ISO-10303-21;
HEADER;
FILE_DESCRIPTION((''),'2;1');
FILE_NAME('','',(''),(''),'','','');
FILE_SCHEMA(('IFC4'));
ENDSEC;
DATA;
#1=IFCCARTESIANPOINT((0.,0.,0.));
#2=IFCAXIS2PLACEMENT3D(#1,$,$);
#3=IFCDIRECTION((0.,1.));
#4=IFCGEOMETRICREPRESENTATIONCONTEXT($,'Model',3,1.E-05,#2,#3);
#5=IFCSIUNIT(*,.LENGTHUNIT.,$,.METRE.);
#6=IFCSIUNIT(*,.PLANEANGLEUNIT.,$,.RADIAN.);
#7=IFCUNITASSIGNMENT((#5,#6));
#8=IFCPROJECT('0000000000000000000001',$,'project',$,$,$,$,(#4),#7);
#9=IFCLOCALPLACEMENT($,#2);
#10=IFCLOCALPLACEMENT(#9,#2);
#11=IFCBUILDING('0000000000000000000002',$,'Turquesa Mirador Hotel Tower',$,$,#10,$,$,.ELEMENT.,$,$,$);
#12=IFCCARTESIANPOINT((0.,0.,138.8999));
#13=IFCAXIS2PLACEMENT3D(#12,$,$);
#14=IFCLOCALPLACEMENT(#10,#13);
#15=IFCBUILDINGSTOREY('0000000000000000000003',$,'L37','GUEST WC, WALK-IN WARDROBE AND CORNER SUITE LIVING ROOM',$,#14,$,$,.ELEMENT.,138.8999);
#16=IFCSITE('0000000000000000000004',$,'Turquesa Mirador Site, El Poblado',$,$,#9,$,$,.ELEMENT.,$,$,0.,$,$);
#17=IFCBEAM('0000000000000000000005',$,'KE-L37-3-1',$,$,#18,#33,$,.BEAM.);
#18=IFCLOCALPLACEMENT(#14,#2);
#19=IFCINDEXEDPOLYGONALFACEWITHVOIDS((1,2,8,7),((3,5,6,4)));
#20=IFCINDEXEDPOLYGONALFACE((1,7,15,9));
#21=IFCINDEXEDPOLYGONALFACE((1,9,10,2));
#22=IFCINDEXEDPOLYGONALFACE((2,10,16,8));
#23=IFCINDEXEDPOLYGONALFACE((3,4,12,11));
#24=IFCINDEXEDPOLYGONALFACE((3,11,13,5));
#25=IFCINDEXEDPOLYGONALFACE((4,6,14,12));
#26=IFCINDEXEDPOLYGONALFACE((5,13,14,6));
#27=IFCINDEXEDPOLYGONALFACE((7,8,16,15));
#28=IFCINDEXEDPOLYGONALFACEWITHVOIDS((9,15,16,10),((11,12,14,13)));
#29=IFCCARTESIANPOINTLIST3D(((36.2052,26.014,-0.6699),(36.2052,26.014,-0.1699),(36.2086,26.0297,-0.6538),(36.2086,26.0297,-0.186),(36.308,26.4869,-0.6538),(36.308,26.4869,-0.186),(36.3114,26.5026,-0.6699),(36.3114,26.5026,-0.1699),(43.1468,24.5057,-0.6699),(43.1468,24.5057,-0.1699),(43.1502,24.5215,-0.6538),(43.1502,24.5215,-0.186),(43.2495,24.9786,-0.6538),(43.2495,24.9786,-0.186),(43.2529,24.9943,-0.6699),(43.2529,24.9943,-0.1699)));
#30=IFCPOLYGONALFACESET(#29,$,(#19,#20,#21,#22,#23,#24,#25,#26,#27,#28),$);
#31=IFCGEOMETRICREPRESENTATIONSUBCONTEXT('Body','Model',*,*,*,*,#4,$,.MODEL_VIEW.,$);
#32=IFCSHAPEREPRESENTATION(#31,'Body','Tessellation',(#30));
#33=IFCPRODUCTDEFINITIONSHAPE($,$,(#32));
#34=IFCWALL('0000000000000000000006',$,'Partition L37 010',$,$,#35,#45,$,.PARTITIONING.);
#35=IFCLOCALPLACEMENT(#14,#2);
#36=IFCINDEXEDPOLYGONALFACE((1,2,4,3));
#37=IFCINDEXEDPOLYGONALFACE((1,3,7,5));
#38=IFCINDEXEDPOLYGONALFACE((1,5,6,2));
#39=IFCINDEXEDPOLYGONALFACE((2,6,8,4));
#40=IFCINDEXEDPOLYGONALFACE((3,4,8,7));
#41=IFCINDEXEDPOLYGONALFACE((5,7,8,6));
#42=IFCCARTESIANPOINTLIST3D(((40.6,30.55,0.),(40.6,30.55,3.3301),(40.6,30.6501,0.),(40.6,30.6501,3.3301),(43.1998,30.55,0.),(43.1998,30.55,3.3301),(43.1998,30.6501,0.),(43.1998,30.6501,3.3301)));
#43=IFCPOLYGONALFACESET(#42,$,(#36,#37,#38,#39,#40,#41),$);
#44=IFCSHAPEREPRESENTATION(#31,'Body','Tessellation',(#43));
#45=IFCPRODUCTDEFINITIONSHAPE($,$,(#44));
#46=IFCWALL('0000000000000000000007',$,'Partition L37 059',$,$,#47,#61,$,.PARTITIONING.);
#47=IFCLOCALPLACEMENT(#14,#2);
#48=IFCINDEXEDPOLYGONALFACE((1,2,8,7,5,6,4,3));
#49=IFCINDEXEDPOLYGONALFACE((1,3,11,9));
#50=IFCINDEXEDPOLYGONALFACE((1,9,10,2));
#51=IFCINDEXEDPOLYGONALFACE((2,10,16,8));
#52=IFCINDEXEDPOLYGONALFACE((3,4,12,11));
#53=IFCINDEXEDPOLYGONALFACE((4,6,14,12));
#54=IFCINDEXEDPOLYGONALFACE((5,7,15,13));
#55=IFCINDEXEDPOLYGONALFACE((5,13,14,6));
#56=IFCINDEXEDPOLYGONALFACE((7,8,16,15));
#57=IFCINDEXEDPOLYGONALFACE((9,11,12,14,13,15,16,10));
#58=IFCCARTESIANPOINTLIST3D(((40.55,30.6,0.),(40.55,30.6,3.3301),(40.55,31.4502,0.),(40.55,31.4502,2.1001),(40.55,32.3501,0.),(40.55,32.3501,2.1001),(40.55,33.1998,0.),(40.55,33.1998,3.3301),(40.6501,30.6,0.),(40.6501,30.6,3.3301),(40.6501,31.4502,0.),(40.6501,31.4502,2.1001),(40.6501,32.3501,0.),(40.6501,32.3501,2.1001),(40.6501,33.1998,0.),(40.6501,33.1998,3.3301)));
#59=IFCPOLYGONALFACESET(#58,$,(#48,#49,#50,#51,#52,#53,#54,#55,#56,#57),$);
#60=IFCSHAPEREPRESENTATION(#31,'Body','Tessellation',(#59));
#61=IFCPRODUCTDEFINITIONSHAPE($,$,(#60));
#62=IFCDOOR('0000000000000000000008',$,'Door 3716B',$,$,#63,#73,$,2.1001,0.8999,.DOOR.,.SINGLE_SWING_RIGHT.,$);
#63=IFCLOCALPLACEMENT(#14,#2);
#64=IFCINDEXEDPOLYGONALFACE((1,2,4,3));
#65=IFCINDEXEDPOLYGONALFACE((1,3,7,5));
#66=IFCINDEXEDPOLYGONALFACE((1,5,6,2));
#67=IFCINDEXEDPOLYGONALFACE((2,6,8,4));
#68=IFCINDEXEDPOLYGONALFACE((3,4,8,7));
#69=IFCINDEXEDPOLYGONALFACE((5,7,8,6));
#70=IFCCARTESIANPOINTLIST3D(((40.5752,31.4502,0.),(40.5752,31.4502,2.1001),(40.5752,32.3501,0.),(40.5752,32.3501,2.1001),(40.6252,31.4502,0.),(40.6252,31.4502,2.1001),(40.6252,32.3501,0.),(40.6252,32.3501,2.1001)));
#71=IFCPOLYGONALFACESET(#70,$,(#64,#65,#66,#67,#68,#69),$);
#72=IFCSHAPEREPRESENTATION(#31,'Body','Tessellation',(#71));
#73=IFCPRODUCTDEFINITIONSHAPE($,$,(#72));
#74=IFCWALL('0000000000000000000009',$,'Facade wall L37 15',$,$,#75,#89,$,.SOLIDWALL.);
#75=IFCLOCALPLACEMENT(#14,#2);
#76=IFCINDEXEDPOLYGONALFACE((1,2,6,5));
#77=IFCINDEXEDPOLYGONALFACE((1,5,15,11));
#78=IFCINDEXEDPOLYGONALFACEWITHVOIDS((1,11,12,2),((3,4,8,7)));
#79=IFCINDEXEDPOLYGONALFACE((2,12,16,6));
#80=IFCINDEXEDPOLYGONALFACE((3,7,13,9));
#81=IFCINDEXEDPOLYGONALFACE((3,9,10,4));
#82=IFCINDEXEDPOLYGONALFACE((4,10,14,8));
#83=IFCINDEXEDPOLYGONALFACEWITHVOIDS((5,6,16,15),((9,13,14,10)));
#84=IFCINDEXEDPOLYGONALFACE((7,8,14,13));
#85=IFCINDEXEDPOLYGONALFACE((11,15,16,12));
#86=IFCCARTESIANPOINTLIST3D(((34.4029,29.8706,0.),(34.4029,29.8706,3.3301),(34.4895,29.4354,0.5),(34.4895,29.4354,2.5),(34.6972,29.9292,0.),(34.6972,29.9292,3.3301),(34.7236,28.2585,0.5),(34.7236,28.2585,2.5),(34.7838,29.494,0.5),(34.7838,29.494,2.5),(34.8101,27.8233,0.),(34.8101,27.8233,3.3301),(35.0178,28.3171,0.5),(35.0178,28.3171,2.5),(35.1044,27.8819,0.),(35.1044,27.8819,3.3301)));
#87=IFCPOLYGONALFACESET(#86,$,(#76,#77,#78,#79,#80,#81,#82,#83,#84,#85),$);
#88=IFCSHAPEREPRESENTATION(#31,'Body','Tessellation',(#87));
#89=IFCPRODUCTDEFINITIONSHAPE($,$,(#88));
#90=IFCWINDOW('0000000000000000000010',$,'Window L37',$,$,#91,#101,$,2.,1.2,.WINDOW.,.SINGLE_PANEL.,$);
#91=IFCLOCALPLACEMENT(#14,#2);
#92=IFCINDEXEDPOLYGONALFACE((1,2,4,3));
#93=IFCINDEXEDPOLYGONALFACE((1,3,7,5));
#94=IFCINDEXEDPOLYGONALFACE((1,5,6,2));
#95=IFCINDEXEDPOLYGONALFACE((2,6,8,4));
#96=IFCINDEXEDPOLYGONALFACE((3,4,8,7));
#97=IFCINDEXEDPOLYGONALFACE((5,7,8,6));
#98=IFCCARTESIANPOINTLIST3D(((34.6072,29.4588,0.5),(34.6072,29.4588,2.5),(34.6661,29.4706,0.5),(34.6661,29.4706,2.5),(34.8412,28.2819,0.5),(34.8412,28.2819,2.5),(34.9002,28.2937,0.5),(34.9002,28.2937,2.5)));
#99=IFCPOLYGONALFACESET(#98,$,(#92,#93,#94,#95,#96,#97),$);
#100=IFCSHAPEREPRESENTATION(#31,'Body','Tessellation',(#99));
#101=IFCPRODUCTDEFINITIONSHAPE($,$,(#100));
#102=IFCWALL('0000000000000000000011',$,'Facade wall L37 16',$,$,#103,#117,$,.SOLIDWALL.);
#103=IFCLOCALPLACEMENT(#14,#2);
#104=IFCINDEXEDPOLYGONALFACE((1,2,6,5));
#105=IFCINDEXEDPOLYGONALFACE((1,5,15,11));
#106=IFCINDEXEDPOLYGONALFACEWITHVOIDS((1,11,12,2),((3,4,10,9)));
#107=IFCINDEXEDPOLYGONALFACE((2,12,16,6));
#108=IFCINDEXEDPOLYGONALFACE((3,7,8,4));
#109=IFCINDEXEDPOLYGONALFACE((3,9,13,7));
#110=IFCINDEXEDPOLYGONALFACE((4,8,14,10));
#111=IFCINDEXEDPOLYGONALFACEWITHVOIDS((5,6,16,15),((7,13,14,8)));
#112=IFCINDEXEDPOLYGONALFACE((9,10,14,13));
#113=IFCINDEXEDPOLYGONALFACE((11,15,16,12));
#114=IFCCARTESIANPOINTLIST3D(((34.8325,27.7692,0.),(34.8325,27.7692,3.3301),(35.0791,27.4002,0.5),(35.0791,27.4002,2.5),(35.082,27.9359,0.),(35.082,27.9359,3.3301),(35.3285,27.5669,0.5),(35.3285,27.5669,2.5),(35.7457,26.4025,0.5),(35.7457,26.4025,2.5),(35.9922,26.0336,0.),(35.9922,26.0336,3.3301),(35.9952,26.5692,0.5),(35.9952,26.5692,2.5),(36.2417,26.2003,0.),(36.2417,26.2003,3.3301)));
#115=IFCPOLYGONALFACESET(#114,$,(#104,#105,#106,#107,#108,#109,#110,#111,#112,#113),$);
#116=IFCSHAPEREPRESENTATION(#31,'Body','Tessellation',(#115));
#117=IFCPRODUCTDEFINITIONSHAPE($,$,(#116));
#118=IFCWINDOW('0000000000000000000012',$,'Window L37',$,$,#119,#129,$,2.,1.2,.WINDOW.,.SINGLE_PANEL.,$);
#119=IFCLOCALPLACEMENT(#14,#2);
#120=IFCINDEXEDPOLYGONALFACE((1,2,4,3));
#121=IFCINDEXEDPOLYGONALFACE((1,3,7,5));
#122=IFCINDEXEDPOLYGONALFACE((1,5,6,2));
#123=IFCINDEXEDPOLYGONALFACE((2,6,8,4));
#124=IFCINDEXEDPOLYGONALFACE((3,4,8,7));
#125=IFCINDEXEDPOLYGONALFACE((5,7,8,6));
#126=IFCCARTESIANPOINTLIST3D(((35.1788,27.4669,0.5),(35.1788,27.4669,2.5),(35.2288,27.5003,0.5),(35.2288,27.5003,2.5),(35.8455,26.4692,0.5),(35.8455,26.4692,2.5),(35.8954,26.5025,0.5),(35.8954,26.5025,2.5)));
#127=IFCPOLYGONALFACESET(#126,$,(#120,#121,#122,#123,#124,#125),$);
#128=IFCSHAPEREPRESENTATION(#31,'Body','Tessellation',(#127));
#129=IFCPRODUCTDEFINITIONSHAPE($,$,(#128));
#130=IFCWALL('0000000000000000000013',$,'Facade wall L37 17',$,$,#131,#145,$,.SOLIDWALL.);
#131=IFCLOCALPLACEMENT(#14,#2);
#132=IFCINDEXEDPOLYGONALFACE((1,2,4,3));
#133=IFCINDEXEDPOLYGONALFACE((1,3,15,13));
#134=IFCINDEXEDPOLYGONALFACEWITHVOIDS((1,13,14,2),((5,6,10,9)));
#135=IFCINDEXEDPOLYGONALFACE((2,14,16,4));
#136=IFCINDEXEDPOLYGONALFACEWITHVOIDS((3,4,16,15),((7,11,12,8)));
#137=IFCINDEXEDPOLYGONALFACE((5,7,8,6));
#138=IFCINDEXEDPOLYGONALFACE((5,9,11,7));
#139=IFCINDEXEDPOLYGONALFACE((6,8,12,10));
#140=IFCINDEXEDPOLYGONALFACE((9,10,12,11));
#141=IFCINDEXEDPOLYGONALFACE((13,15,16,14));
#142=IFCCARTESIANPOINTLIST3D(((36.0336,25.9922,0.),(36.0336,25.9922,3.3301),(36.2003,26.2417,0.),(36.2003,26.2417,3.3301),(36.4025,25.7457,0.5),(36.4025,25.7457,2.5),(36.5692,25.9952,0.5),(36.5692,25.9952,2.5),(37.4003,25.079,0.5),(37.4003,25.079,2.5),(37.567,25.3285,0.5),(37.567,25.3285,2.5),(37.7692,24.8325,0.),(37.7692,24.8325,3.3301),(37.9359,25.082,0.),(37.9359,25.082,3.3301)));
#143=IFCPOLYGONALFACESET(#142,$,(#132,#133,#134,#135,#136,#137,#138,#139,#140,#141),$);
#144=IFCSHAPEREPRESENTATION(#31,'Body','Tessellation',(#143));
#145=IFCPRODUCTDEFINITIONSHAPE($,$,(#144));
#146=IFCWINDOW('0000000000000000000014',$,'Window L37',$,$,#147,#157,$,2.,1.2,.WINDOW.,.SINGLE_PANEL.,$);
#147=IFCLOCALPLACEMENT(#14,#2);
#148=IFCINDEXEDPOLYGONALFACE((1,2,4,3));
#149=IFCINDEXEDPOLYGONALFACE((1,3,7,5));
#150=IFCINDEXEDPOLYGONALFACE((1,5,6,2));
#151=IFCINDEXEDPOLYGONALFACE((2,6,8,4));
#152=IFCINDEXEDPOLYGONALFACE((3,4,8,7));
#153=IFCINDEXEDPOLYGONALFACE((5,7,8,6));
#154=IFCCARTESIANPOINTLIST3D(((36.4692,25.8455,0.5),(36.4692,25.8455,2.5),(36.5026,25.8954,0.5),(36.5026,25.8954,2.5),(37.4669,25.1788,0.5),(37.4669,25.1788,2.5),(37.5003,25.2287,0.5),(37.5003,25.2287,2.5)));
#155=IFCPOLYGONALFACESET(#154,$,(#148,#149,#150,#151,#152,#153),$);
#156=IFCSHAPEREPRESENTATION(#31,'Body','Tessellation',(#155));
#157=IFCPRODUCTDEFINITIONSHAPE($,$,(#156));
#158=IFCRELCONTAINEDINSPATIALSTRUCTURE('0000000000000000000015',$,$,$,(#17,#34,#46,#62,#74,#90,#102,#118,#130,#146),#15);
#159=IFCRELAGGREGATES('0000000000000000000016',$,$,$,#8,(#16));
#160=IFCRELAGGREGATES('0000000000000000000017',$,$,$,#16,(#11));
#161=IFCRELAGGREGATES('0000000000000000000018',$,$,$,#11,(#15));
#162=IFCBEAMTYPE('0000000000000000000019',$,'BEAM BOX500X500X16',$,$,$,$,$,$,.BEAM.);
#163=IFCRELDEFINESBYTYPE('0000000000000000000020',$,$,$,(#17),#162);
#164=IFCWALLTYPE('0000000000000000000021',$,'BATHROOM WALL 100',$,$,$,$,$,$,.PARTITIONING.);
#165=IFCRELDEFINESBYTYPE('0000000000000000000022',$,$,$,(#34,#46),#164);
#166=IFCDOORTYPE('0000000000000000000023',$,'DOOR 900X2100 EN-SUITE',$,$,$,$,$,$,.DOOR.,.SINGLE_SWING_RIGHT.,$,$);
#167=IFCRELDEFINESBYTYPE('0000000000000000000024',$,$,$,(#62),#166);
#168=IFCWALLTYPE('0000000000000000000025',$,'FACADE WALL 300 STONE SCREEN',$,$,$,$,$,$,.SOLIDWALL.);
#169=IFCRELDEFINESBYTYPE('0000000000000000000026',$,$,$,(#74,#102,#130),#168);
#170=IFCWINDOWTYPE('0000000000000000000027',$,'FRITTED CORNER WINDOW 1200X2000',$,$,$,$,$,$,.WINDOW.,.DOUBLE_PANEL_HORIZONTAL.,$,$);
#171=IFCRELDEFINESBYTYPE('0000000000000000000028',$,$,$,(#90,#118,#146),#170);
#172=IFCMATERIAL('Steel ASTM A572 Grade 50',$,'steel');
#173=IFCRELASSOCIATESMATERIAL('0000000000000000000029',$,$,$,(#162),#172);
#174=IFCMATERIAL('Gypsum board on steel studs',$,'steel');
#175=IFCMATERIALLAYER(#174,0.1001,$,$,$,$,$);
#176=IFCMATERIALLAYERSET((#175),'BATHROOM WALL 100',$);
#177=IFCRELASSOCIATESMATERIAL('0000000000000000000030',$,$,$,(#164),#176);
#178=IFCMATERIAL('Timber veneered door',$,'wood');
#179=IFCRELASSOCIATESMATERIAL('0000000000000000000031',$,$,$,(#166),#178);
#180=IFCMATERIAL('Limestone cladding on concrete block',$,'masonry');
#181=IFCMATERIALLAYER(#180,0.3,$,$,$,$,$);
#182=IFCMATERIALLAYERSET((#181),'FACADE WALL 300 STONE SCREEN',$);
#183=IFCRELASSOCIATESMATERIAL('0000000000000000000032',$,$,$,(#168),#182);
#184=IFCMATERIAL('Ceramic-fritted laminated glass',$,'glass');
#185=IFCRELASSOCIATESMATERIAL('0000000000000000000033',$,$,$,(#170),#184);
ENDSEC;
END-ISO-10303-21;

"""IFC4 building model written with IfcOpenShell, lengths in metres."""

from ifc_helpers import new_model, si_unit, direction, frame, frame_2d, origin, origin_2d, place, context, subcontext, project, spatial, rectangle, hollow_rectangle, extrude, material, layer, layer_set, material_profile, profile_set, type_object, element, fill, save


model = new_model("IFC4")

# Units and contexts
model_context = context("Model", 3, precision=1e-05, world=origin(), true_north=direction((0.0, 1.0)))
body_context = subcontext(model_context, "Body", "Model", "MODEL_VIEW")
ifc_project = project(units=[si_unit("LENGTHUNIT", "METRE"), si_unit("PLANEANGLEUNIT", "RADIAN")], contexts=[model_context])

# Site, building, storey
site_placement = place(None, origin())
site = spatial("IfcSite", under=ifc_project, at=site_placement, Name="Turquesa Mirador Site, El Poblado", CompositionType="ELEMENT", RefElevation=0.0)
building_placement = place(site_placement, origin())
building = spatial("IfcBuilding", under=site, at=building_placement, Name="Turquesa Mirador Hotel Tower", CompositionType="ELEMENT")
storey_placement = place(building_placement, frame((0.0, 0.0, 138.8999)))
storey = spatial("IfcBuildingStorey", under=building, at=storey_placement, Name="L37", Description="GUEST WC, WALK-IN WARDROBE AND CORNER SUITE LIVING ROOM", CompositionType="ELEMENT", Elevation=138.8999)

# Beam
ifc_material_1 = material(Name="Steel ASTM A572 Grade 50", Category="steel")
ifc_material_profile = material_profile(ifc_material_1, hollow_rectangle(XDim=0.5, YDim=0.5, WallThickness=0.0161, at=origin_2d()), Name="BOX500X500X16")
ifc_profile_set = profile_set([ifc_material_profile], Name="Steel ASTM A572 Grade 50")
beam_type = type_object("IfcBeamType", Name="BEAM BOX500X500X16", PredefinedType="BEAM", material=ifc_profile_set)
beam_placement = place(storey_placement, frame((36.2583, 26.2583, -0.4199), z_axis=(0.977198, -0.212328, 0.0), x_axis=(0.212328, 0.977198, 0.0)))
element("IfcBeam", 1, at=beam_placement, inside=storey, type_object=beam_type, Name="KE-L37-3-1", PredefinedType="BEAM", context=body_context, shape_type="SweptSolid", body=[
    extrude(hollow_rectangle(XDim=0.5, YDim=0.5, WallThickness=0.0161, at=origin_2d()), origin(), (0.0, 0.0, 1.0), 7.1035),
])

# Wall
ifc_material_2 = material(Name="Gypsum board on steel studs", Category="steel")
ifc_layer_1 = layer(ifc_material_2, 0.1001)
ifc_layer_set_1 = layer_set([ifc_layer_1], Name="BATHROOM WALL 100")
wall_type_1 = type_object("IfcWallType", Name="BATHROOM WALL 100", PredefinedType="PARTITIONING", material=ifc_layer_set_1)
wall_1_placement = place(storey_placement, frame((40.6001, 30.6001, 0.0), z_axis=(0.0, 0.0, 1.0), x_axis=(1.0, 0.0, 0.0)))
element("IfcWall", 2, at=wall_1_placement, inside=storey, type_object=wall_type_1, Name="Partition L37 010", PredefinedType="PARTITIONING", context=body_context, shape_type="SweptSolid", body=[
    extrude(rectangle(XDim=2.5999, YDim=0.1001, at=frame_2d((1.2998, 0.0))), origin(), (0.0, 0.0, 1.0), 3.3301),
])

# Wall, opening, door
wall_2_placement = place(storey_placement, frame((40.6001, 30.6001, 0.0), z_axis=(0.0, 0.0, 1.0), x_axis=(0.0, 1.0, 0.0)))
wall_2 = element("IfcWall", 3, at=wall_2_placement, inside=storey, type_object=wall_type_1, Name="Partition L37 059", PredefinedType="PARTITIONING", context=body_context, shape_type="SweptSolid", body=[
    extrude(rectangle(XDim=2.5999, YDim=0.1001, at=frame_2d((1.2998, 0.0))), origin(), (0.0, 0.0, 1.0), 3.3301),
])
opening_1_placement = place(wall_2_placement, frame((0.8501, 0.0, 0.0)))
opening_1 = element("IfcOpeningElement", 4, at=opening_1_placement, cuts=wall_2, PredefinedType="OPENING", context=body_context, shape_type="SweptSolid", body=[
    extrude(rectangle(XDim=0.8999, YDim=2.1001, at=frame_2d((0.45, 1.05))), frame((0.0, 0.0601, 0.0), z_axis=(0.0, -1.0, 0.0), x_axis=(1.0, 0.0, 0.0)), (0.0, 0.0, 1.0), 0.1201),
])
ifc_material_3 = material(Name="Timber veneered door", Category="wood")
door_type_1 = type_object("IfcDoorType", Name="DOOR 900X2100 EN-SUITE", OperationType="SINGLE_SWING_RIGHT", PredefinedType="DOOR", material=ifc_material_3)
door_1_placement = place(opening_1_placement, origin())
door_1 = element("IfcDoor", 5, at=door_1_placement, inside=storey, type_object=door_type_1, Name="Door 3716B", OperationType="SINGLE_SWING_RIGHT", OverallHeight=2.1001, OverallWidth=0.8999, PredefinedType="DOOR", context=body_context, shape_type="SweptSolid", body=[
    extrude(rectangle(XDim=0.8999, YDim=2.1001, at=frame_2d((0.45, 1.05))), frame((0.0, 0.0249, 0.0), z_axis=(0.0, -1.0, 0.0), x_axis=(1.0, 0.0, 0.0)), (0.0, 0.0, 1.0), 0.05),
])
fill(opening_1, door_1)

# Walls, openings, windows
ifc_material_4 = material(Name="Limestone cladding on concrete block", Category="masonry")
ifc_layer_2 = layer(ifc_material_4, 0.3)
ifc_layer_set_2 = layer_set([ifc_layer_2], Name="FACADE WALL 300 STONE SCREEN")
wall_type_2 = type_object("IfcWallType", Name="FACADE WALL 300 STONE SCREEN", PredefinedType="SOLIDWALL", material=ifc_layer_set_2)
wall_3_placement = place(storey_placement, frame((34.55, 29.8999, 0.0), z_axis=(0.0, 0.0, 1.0), x_axis=(0.195081, -0.980787, 0.0)))
wall_3 = element("IfcWall", 6, at=wall_3_placement, inside=storey, type_object=wall_type_2, Name="Facade wall L37 15", PredefinedType="SOLIDWALL", context=body_context, shape_type="SweptSolid", body=[
    extrude(rectangle(XDim=2.0874, YDim=0.3, at=frame_2d((1.0437, 0.0))), origin(), (0.0, 0.0, 1.0), 3.3301),
])
opening_2_placement = place(wall_3_placement, frame((0.4436, 0.0, 0.5)))
opening_2 = element("IfcOpeningElement", 7, at=opening_2_placement, cuts=wall_3, PredefinedType="OPENING", context=body_context, shape_type="SweptSolid", body=[
    extrude(rectangle(XDim=1.2, YDim=2.0, at=frame_2d((0.6001, 1.0))), frame((0.0, 0.1599, 0.0), z_axis=(0.0, -1.0, 0.0), x_axis=(1.0, 0.0, 0.0)), (0.0, 0.0, 1.0), 0.3201),
])
ifc_material_5 = material(Name="Ceramic-fritted laminated glass", Category="glass")
window_type_1 = type_object("IfcWindowType", Name="FRITTED CORNER WINDOW 1200X2000", PartitioningType="DOUBLE_PANEL_HORIZONTAL", PredefinedType="WINDOW", material=ifc_material_5)
window_1_placement = place(opening_2_placement, origin())
window_1 = element("IfcWindow", 8, at=window_1_placement, inside=storey, type_object=window_type_1, Name="Window L37", OverallHeight=2.0, OverallWidth=1.2, PartitioningType="SINGLE_PANEL", PredefinedType="WINDOW", context=body_context, shape_type="SweptSolid", body=[
    extrude(rectangle(XDim=1.2, YDim=2.0, at=frame_2d((0.6001, 1.0))), frame((0.0, 0.03, 0.0), z_axis=(0.0, -1.0, 0.0), x_axis=(1.0, 0.0, 0.0)), (0.0, 0.0, 1.0), 0.0601),
])
fill(opening_2, window_1)
wall_4_placement = place(storey_placement, frame((34.9573, 27.8525, 0.0), z_axis=(0.0, 0.0, 1.0), x_axis=(0.555564, -0.831474, 0.0)))
wall_4 = element("IfcWall", 9, at=wall_4_placement, inside=storey, type_object=wall_type_2, Name="Facade wall L37 16", PredefinedType="SOLIDWALL", context=body_context, shape_type="SweptSolid", body=[
    extrude(rectangle(XDim=2.0874, YDim=0.3, at=frame_2d((1.0437, 0.0))), origin(), (0.0, 0.0, 1.0), 3.3301),
])
opening_3_placement = place(wall_4_placement, frame((0.4436, 0.0, 0.5)))
opening_3 = element("IfcOpeningElement", 10, at=opening_3_placement, cuts=wall_4, PredefinedType="OPENING", context=body_context, shape_type="SweptSolid", body=[
    extrude(rectangle(XDim=1.2, YDim=2.0, at=frame_2d((0.6001, 1.0))), frame((0.0, 0.1599, 0.0), z_axis=(0.0, -1.0, 0.0), x_axis=(1.0, 0.0, 0.0)), (0.0, 0.0, 1.0), 0.3201),
])
window_2_placement = place(opening_3_placement, origin())
window_2 = element("IfcWindow", 11, at=window_2_placement, inside=storey, type_object=window_type_1, Name="Window L37", OverallHeight=2.0, OverallWidth=1.2, PartitioningType="SINGLE_PANEL", PredefinedType="WINDOW", context=body_context, shape_type="SweptSolid", body=[
    extrude(rectangle(XDim=1.2, YDim=2.0, at=frame_2d((0.6001, 1.0))), frame((0.0, 0.03, 0.0), z_axis=(0.0, -1.0, 0.0), x_axis=(1.0, 0.0, 0.0)), (0.0, 0.0, 1.0), 0.0601),
])
fill(opening_3, window_2)
wall_5_placement = place(storey_placement, frame((36.1169, 26.1169, 0.0), z_axis=(0.0, 0.0, 1.0), x_axis=(0.831474, -0.555564, 0.0)))
wall_5 = element("IfcWall", 12, at=wall_5_placement, inside=storey, type_object=wall_type_2, Name="Facade wall L37 17", PredefinedType="SOLIDWALL", context=body_context, shape_type="SweptSolid", body=[
    extrude(rectangle(XDim=2.0874, YDim=0.3, at=frame_2d((1.0437, 0.0))), origin(), (0.0, 0.0, 1.0), 3.3301),
])
opening_4_placement = place(wall_5_placement, frame((0.4436, 0.0, 0.5)))
opening_4 = element("IfcOpeningElement", 13, at=opening_4_placement, cuts=wall_5, PredefinedType="OPENING", context=body_context, shape_type="SweptSolid", body=[
    extrude(rectangle(XDim=1.2, YDim=2.0, at=frame_2d((0.6001, 1.0))), frame((0.0, 0.1599, 0.0), z_axis=(0.0, -1.0, 0.0), x_axis=(1.0, 0.0, 0.0)), (0.0, 0.0, 1.0), 0.3201),
])
window_3_placement = place(opening_4_placement, origin())
window_3 = element("IfcWindow", 14, at=window_3_placement, inside=storey, type_object=window_type_1, Name="Window L37", OverallHeight=2.0, OverallWidth=1.2, PartitioningType="SINGLE_PANEL", PredefinedType="WINDOW", context=body_context, shape_type="SweptSolid", body=[
    extrude(rectangle(XDim=1.2, YDim=2.0, at=frame_2d((0.6001, 1.0))), frame((0.0, 0.03, 0.0), z_axis=(0.0, -1.0, 0.0), x_axis=(1.0, 0.0, 0.0)), (0.0, 0.0, 1.0), 0.0601),
])
fill(opening_4, window_3)

save(model, "model.ifc")
